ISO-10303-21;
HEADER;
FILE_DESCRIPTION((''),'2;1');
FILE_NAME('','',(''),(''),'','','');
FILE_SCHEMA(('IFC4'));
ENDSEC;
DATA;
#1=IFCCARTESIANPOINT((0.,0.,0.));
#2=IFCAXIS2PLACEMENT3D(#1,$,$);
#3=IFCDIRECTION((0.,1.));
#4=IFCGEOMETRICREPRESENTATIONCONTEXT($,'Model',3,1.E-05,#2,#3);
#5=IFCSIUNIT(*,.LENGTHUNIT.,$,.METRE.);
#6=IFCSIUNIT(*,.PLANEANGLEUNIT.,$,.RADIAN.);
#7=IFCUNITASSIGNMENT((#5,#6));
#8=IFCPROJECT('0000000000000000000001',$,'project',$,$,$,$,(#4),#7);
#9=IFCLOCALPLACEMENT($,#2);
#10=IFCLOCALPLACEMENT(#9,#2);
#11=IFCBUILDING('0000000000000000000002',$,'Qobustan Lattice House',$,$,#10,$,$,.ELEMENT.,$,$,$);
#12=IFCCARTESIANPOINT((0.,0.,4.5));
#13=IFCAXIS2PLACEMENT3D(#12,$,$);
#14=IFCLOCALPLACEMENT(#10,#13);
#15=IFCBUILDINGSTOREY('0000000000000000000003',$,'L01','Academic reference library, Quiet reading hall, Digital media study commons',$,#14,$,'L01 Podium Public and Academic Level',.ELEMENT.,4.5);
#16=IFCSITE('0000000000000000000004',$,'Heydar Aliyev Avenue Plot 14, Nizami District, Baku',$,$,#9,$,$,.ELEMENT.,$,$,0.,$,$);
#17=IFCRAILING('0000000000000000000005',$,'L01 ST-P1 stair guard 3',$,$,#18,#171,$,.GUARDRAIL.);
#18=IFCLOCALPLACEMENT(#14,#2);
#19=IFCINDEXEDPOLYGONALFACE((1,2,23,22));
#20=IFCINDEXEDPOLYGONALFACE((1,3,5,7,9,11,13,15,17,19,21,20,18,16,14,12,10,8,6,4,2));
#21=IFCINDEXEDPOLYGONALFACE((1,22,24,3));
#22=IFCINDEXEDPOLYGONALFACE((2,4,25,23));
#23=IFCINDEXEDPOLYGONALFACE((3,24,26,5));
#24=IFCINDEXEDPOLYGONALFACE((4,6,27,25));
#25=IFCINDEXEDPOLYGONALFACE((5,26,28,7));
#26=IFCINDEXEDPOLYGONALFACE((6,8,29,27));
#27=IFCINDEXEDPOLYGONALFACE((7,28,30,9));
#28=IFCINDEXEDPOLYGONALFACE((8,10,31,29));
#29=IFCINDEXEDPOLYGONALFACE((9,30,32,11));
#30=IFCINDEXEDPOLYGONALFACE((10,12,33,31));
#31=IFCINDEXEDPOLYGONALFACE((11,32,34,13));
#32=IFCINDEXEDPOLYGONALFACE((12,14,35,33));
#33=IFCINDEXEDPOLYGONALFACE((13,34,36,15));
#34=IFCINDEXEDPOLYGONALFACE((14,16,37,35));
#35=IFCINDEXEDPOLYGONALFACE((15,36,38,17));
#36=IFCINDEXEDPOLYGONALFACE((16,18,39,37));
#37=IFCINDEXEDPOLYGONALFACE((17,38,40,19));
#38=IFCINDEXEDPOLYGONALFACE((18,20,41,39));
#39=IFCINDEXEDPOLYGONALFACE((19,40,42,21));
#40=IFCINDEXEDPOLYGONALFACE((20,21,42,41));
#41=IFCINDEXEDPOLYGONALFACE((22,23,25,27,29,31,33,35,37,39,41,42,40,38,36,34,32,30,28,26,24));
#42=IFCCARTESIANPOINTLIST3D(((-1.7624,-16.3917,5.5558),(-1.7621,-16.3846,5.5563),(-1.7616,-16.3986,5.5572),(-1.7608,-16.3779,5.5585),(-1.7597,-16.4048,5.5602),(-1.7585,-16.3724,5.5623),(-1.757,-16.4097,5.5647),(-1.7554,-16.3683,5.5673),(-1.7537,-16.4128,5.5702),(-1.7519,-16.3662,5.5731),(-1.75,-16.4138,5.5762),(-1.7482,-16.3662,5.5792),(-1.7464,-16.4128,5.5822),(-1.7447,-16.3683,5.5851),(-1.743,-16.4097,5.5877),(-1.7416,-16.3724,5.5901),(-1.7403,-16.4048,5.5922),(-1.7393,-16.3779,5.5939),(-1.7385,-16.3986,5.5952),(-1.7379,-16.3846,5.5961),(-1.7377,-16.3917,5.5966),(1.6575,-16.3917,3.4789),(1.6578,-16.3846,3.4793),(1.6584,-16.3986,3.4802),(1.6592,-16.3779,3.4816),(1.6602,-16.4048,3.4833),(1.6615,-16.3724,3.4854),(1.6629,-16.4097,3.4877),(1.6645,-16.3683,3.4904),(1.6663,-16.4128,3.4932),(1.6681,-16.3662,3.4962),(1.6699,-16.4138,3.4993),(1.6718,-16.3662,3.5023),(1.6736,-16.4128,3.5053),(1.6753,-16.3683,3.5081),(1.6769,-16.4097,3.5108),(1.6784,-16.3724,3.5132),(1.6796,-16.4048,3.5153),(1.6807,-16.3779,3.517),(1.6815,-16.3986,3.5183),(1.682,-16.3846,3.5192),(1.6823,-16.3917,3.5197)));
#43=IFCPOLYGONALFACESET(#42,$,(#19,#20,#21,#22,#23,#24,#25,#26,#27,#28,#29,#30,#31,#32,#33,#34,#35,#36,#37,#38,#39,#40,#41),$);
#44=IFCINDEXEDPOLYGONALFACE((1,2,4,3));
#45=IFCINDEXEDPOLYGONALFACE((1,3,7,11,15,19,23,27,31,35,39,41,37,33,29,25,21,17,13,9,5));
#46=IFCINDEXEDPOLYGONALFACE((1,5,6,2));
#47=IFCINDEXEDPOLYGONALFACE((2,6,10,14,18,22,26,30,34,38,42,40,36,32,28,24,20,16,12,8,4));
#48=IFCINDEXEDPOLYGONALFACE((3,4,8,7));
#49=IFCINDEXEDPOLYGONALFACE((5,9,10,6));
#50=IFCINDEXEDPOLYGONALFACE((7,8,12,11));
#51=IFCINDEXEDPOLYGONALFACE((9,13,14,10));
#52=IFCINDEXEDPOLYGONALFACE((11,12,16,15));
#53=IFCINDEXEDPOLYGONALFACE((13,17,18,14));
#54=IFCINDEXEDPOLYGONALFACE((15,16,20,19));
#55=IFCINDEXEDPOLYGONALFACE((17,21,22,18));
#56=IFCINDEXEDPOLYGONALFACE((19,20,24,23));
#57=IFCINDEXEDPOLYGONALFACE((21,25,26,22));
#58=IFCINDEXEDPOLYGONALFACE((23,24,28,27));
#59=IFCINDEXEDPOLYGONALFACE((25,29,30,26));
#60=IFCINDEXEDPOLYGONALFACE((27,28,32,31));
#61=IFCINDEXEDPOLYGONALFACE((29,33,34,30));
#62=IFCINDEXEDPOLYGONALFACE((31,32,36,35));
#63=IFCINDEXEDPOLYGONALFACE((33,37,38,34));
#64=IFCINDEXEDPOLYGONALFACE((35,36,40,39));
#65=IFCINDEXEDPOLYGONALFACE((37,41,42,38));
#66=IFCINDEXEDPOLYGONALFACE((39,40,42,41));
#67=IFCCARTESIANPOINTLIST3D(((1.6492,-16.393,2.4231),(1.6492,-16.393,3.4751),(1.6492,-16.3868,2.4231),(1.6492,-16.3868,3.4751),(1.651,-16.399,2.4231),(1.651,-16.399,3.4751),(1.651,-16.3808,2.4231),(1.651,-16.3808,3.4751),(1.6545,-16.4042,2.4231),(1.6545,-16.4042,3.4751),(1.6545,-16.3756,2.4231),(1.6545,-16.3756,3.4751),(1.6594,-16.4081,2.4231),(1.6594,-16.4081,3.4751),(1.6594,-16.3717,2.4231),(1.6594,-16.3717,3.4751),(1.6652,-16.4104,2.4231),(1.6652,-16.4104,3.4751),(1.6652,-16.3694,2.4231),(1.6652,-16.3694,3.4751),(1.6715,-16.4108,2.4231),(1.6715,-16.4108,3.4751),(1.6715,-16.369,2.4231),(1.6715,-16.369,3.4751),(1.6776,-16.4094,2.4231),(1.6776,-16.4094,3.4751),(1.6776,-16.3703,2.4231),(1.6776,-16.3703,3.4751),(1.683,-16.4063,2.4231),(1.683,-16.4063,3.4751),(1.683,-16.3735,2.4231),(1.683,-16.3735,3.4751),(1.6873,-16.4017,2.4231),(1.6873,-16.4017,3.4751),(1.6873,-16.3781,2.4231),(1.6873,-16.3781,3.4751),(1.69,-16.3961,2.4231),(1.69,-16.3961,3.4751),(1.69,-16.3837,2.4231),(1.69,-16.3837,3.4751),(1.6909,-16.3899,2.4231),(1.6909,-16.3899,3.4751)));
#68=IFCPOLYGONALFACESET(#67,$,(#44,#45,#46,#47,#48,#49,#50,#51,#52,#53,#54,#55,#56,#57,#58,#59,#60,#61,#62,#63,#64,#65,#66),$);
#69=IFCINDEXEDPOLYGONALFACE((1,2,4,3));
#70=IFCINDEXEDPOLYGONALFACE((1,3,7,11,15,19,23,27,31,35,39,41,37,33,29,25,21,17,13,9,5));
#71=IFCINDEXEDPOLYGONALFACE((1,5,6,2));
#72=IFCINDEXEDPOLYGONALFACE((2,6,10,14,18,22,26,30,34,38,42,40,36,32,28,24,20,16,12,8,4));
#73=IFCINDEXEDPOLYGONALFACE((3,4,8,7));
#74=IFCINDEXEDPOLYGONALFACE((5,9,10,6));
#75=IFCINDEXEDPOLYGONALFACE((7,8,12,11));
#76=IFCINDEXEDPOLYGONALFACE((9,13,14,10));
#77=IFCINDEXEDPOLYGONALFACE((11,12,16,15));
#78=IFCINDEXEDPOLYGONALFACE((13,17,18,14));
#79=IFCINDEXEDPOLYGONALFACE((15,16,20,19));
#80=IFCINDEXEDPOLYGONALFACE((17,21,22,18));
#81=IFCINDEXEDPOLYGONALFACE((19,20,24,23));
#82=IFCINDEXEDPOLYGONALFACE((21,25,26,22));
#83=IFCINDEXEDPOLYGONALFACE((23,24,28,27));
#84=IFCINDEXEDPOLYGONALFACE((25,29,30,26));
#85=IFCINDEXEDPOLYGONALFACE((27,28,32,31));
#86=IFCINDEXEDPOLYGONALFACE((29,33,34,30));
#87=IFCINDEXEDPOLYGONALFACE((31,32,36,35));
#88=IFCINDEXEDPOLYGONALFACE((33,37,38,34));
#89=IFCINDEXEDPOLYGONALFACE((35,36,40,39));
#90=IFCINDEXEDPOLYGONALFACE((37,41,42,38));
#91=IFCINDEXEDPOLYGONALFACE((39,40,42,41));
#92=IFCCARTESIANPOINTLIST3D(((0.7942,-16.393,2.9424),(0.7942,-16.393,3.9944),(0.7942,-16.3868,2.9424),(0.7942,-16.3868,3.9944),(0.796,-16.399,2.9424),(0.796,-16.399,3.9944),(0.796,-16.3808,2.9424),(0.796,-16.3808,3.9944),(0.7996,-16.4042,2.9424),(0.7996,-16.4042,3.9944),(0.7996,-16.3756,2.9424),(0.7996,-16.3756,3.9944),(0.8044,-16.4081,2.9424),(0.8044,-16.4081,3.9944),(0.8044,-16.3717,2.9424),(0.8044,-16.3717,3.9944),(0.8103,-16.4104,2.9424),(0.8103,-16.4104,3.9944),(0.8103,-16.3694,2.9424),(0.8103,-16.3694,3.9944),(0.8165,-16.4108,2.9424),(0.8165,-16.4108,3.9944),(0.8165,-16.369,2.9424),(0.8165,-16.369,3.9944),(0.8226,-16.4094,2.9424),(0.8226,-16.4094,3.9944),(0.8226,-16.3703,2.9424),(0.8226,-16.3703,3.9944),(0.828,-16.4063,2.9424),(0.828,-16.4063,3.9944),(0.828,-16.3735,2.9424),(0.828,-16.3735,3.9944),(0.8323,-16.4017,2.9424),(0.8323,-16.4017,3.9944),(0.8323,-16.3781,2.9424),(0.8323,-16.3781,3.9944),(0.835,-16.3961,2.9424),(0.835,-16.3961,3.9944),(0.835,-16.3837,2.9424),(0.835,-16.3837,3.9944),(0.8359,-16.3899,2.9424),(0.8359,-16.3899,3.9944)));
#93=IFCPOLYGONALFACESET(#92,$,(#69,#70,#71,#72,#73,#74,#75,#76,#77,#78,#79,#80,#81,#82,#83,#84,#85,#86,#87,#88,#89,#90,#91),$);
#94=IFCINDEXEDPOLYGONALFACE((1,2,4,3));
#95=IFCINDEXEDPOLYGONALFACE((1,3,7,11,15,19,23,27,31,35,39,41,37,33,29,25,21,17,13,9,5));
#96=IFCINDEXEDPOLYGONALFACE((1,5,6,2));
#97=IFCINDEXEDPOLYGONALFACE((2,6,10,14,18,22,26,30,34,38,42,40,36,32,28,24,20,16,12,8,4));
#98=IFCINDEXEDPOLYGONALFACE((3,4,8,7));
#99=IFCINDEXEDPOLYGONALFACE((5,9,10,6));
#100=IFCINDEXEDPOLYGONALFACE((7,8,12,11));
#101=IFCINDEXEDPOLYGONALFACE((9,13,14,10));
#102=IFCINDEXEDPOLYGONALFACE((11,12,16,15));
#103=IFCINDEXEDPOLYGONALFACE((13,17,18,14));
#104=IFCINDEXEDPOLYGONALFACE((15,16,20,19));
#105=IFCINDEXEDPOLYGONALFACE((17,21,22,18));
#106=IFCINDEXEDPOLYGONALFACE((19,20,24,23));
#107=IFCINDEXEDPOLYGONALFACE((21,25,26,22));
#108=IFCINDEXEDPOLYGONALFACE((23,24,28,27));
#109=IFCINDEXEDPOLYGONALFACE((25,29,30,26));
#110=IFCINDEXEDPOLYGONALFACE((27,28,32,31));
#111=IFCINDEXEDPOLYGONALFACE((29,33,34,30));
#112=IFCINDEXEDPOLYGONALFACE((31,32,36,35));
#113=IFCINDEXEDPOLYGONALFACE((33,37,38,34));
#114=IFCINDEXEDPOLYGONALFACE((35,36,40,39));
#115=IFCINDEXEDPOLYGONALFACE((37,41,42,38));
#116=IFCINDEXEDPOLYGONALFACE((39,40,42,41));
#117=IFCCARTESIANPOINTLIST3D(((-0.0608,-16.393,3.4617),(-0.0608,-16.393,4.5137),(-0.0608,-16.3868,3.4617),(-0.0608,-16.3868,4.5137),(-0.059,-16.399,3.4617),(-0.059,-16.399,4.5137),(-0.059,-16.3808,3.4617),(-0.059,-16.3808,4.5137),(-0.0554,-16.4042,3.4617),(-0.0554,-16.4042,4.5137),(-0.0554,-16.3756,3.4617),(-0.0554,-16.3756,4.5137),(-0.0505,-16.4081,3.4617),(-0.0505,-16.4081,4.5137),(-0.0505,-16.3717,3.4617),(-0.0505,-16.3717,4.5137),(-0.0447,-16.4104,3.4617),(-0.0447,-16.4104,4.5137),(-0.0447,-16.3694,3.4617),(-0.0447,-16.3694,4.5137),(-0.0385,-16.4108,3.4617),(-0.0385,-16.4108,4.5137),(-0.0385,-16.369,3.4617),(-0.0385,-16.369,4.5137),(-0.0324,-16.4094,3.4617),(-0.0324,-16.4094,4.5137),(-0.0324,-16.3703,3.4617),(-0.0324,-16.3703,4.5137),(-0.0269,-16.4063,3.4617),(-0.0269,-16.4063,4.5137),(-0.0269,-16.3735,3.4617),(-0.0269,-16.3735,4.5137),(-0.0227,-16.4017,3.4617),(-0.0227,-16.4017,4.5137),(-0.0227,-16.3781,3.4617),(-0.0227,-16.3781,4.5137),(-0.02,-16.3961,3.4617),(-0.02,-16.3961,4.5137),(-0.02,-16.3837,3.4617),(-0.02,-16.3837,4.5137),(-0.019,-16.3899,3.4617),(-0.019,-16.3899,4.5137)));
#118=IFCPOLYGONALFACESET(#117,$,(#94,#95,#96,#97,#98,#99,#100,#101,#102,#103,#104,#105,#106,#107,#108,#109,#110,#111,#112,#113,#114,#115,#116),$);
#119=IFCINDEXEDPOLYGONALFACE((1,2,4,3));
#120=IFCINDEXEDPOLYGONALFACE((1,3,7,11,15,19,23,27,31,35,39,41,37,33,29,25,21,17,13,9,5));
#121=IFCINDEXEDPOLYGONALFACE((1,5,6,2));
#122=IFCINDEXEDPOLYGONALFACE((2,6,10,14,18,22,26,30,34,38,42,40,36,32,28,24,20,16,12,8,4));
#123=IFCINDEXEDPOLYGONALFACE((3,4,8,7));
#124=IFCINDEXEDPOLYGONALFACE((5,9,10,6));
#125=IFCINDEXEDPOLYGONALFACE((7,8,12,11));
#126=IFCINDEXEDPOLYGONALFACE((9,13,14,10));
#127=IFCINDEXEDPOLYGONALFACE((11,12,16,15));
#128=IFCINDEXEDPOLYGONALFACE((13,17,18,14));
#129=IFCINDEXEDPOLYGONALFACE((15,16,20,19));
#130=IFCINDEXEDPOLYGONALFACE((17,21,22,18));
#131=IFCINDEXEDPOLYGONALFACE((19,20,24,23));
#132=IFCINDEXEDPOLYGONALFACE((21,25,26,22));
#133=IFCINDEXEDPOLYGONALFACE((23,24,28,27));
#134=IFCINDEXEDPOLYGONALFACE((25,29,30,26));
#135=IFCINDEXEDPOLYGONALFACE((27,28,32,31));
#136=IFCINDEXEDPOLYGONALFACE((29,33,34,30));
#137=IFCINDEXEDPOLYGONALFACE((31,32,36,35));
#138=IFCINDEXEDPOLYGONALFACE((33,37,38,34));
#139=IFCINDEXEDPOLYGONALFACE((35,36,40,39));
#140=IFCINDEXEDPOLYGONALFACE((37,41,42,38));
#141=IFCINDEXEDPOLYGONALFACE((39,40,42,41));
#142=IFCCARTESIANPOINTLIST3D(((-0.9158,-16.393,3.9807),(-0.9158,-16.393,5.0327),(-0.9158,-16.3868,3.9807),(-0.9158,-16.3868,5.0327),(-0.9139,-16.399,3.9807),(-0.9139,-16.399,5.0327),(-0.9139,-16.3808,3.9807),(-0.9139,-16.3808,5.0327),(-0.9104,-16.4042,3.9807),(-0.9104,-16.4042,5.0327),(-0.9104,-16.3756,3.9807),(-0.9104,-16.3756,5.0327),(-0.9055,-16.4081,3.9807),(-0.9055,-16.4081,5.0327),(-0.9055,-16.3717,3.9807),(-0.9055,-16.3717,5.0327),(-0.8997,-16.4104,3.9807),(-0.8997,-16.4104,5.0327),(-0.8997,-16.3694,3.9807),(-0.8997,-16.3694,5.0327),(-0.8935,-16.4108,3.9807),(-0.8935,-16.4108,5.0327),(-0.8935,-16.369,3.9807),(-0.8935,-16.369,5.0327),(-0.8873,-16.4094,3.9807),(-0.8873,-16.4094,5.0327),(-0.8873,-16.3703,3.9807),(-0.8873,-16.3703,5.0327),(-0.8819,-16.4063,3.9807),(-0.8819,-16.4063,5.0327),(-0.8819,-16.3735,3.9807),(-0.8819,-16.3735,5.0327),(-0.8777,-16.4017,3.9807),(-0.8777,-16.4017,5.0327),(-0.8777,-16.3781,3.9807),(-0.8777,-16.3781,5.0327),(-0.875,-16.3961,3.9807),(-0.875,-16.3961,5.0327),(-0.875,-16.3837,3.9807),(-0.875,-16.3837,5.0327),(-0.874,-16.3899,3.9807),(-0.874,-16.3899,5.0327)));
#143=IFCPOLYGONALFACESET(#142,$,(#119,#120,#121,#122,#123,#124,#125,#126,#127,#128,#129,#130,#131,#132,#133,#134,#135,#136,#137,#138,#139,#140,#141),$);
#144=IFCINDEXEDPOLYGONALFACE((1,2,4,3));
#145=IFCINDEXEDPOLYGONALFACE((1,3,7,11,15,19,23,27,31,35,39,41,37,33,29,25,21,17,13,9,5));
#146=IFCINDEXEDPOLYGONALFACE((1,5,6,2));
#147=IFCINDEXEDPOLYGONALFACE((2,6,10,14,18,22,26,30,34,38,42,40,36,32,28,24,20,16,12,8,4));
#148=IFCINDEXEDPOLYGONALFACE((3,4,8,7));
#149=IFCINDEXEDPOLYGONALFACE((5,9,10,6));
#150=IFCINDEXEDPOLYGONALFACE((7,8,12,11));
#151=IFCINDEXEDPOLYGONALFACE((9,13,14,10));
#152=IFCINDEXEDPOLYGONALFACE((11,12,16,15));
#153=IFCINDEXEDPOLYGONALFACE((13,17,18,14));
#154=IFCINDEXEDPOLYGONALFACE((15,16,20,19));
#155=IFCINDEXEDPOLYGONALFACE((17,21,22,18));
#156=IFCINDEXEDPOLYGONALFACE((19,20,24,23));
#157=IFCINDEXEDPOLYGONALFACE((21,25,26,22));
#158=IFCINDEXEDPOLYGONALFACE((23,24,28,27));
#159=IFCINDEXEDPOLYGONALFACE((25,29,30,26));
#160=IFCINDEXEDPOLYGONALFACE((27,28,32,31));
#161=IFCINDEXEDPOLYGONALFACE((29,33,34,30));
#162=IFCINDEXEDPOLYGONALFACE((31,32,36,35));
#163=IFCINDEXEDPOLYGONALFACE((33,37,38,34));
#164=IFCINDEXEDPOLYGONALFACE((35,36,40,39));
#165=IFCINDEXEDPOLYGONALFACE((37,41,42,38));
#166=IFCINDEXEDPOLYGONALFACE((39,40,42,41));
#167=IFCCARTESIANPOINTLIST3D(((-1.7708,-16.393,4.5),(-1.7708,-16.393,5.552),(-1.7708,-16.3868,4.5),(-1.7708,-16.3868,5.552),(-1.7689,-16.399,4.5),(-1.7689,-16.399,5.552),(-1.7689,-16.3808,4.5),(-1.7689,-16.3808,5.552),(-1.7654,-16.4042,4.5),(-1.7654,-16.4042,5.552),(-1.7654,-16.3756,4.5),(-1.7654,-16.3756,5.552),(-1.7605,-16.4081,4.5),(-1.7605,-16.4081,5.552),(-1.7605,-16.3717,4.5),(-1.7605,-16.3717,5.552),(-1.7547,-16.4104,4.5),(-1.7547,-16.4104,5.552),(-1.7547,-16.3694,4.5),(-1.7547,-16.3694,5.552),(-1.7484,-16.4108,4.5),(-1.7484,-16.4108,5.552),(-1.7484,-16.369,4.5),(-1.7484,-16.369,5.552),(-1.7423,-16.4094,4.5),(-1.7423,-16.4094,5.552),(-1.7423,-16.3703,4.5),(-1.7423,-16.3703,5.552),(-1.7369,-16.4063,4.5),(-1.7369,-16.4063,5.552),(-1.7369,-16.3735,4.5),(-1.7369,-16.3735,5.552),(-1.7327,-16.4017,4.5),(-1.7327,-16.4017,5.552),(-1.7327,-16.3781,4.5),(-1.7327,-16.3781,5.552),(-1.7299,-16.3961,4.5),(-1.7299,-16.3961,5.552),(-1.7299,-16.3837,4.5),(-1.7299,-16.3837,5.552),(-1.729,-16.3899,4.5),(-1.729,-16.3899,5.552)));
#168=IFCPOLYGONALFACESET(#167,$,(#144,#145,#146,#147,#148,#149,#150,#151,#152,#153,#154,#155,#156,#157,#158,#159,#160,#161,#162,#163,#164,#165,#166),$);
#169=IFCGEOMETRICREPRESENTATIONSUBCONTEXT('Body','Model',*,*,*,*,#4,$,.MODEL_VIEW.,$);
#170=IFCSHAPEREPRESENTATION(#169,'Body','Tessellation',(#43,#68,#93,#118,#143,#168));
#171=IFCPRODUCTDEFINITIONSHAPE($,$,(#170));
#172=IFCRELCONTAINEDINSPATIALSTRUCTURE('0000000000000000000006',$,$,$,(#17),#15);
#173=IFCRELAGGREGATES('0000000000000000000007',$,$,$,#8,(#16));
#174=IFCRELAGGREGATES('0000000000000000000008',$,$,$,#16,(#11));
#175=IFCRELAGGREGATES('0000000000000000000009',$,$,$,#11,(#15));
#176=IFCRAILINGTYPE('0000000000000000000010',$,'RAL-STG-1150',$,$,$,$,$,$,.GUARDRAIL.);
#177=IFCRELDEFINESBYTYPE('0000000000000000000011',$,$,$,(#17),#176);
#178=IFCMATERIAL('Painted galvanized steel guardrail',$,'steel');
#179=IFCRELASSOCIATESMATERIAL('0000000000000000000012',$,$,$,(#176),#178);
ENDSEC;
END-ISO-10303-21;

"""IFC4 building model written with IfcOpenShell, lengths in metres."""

from ifc_helpers import new_model, si_unit, direction, frame, origin, origin_2d, place, context, subcontext, project, spatial, circle, extrude, material, type_object, element, save


model = new_model("IFC4")

# Units and contexts
model_context = context("Model", 3, precision=1e-05, world=origin(), true_north=direction((0.0, 1.0)))
body_context = subcontext(model_context, "Body", "Model", "MODEL_VIEW")
ifc_project = project(units=[si_unit("LENGTHUNIT", "METRE"), si_unit("PLANEANGLEUNIT", "RADIAN")], contexts=[model_context])

# Site, building, storey
site_placement = place(None, origin())
site = spatial("IfcSite", under=ifc_project, at=site_placement, Name="Heydar Aliyev Avenue Plot 14, Nizami District, Baku", CompositionType="ELEMENT", RefElevation=0.0)
building_placement = place(site_placement, origin())
building = spatial("IfcBuilding", under=site, at=building_placement, Name="Qobustan Lattice House", CompositionType="ELEMENT")
storey_placement = place(building_placement, frame((0.0, 0.0, 4.5)))
storey = spatial("IfcBuildingStorey", under=building, at=storey_placement, Name="L01", Description="Academic reference library, Quiet reading hall, Digital media study commons", LongName="L01 Podium Public and Academic Level", CompositionType="ELEMENT", Elevation=4.5)

# Railing
ifc_material_1 = material(Name="Painted galvanized steel guardrail", Category="steel")
railing_type_1 = type_object("IfcRailingType", Name="RAL-STG-1150", PredefinedType="GUARDRAIL", material=ifc_material_1)
railing_1_placement = place(storey_placement, frame((1.6699, -16.3899, 2.4231)))
element("IfcRailing", 1, at=railing_1_placement, inside=storey, type_object=railing_type_1, Name="L01 ST-P1 stair guard 3", PredefinedType="GUARDRAIL", context=body_context, shape_type="SweptSolid", body=[
    extrude(circle(Radius=0.0239, at=origin_2d()), frame((0.0, 0.0, 1.0762), z_axis=(-0.85473, 0.0, 0.519074), x_axis=(0.0, -1.0, 0.0)), (0.0, 0.0, 1.0), 4.0012),
    extrude(circle(Radius=0.021, at=origin_2d()), origin(), (0.0, 0.0, 1.0), 1.052),
    extrude(circle(Radius=0.021, at=origin_2d()), frame((-0.855, 0.0, 0.5193)), (0.0, 0.0, 1.0), 1.052),
    extrude(circle(Radius=0.021, at=origin_2d()), frame((-1.71, 0.0, 1.0386)), (0.0, 0.0, 1.0), 1.052),
    extrude(circle(Radius=0.021, at=origin_2d()), frame((-2.5649, 0.0, 1.5576)), (0.0, 0.0, 1.0), 1.052),
    extrude(circle(Radius=0.021, at=origin_2d()), frame((-3.4199, 0.0, 2.0769)), (0.0, 0.0, 1.0), 1.052),
])

save(model, "model.ifc")
